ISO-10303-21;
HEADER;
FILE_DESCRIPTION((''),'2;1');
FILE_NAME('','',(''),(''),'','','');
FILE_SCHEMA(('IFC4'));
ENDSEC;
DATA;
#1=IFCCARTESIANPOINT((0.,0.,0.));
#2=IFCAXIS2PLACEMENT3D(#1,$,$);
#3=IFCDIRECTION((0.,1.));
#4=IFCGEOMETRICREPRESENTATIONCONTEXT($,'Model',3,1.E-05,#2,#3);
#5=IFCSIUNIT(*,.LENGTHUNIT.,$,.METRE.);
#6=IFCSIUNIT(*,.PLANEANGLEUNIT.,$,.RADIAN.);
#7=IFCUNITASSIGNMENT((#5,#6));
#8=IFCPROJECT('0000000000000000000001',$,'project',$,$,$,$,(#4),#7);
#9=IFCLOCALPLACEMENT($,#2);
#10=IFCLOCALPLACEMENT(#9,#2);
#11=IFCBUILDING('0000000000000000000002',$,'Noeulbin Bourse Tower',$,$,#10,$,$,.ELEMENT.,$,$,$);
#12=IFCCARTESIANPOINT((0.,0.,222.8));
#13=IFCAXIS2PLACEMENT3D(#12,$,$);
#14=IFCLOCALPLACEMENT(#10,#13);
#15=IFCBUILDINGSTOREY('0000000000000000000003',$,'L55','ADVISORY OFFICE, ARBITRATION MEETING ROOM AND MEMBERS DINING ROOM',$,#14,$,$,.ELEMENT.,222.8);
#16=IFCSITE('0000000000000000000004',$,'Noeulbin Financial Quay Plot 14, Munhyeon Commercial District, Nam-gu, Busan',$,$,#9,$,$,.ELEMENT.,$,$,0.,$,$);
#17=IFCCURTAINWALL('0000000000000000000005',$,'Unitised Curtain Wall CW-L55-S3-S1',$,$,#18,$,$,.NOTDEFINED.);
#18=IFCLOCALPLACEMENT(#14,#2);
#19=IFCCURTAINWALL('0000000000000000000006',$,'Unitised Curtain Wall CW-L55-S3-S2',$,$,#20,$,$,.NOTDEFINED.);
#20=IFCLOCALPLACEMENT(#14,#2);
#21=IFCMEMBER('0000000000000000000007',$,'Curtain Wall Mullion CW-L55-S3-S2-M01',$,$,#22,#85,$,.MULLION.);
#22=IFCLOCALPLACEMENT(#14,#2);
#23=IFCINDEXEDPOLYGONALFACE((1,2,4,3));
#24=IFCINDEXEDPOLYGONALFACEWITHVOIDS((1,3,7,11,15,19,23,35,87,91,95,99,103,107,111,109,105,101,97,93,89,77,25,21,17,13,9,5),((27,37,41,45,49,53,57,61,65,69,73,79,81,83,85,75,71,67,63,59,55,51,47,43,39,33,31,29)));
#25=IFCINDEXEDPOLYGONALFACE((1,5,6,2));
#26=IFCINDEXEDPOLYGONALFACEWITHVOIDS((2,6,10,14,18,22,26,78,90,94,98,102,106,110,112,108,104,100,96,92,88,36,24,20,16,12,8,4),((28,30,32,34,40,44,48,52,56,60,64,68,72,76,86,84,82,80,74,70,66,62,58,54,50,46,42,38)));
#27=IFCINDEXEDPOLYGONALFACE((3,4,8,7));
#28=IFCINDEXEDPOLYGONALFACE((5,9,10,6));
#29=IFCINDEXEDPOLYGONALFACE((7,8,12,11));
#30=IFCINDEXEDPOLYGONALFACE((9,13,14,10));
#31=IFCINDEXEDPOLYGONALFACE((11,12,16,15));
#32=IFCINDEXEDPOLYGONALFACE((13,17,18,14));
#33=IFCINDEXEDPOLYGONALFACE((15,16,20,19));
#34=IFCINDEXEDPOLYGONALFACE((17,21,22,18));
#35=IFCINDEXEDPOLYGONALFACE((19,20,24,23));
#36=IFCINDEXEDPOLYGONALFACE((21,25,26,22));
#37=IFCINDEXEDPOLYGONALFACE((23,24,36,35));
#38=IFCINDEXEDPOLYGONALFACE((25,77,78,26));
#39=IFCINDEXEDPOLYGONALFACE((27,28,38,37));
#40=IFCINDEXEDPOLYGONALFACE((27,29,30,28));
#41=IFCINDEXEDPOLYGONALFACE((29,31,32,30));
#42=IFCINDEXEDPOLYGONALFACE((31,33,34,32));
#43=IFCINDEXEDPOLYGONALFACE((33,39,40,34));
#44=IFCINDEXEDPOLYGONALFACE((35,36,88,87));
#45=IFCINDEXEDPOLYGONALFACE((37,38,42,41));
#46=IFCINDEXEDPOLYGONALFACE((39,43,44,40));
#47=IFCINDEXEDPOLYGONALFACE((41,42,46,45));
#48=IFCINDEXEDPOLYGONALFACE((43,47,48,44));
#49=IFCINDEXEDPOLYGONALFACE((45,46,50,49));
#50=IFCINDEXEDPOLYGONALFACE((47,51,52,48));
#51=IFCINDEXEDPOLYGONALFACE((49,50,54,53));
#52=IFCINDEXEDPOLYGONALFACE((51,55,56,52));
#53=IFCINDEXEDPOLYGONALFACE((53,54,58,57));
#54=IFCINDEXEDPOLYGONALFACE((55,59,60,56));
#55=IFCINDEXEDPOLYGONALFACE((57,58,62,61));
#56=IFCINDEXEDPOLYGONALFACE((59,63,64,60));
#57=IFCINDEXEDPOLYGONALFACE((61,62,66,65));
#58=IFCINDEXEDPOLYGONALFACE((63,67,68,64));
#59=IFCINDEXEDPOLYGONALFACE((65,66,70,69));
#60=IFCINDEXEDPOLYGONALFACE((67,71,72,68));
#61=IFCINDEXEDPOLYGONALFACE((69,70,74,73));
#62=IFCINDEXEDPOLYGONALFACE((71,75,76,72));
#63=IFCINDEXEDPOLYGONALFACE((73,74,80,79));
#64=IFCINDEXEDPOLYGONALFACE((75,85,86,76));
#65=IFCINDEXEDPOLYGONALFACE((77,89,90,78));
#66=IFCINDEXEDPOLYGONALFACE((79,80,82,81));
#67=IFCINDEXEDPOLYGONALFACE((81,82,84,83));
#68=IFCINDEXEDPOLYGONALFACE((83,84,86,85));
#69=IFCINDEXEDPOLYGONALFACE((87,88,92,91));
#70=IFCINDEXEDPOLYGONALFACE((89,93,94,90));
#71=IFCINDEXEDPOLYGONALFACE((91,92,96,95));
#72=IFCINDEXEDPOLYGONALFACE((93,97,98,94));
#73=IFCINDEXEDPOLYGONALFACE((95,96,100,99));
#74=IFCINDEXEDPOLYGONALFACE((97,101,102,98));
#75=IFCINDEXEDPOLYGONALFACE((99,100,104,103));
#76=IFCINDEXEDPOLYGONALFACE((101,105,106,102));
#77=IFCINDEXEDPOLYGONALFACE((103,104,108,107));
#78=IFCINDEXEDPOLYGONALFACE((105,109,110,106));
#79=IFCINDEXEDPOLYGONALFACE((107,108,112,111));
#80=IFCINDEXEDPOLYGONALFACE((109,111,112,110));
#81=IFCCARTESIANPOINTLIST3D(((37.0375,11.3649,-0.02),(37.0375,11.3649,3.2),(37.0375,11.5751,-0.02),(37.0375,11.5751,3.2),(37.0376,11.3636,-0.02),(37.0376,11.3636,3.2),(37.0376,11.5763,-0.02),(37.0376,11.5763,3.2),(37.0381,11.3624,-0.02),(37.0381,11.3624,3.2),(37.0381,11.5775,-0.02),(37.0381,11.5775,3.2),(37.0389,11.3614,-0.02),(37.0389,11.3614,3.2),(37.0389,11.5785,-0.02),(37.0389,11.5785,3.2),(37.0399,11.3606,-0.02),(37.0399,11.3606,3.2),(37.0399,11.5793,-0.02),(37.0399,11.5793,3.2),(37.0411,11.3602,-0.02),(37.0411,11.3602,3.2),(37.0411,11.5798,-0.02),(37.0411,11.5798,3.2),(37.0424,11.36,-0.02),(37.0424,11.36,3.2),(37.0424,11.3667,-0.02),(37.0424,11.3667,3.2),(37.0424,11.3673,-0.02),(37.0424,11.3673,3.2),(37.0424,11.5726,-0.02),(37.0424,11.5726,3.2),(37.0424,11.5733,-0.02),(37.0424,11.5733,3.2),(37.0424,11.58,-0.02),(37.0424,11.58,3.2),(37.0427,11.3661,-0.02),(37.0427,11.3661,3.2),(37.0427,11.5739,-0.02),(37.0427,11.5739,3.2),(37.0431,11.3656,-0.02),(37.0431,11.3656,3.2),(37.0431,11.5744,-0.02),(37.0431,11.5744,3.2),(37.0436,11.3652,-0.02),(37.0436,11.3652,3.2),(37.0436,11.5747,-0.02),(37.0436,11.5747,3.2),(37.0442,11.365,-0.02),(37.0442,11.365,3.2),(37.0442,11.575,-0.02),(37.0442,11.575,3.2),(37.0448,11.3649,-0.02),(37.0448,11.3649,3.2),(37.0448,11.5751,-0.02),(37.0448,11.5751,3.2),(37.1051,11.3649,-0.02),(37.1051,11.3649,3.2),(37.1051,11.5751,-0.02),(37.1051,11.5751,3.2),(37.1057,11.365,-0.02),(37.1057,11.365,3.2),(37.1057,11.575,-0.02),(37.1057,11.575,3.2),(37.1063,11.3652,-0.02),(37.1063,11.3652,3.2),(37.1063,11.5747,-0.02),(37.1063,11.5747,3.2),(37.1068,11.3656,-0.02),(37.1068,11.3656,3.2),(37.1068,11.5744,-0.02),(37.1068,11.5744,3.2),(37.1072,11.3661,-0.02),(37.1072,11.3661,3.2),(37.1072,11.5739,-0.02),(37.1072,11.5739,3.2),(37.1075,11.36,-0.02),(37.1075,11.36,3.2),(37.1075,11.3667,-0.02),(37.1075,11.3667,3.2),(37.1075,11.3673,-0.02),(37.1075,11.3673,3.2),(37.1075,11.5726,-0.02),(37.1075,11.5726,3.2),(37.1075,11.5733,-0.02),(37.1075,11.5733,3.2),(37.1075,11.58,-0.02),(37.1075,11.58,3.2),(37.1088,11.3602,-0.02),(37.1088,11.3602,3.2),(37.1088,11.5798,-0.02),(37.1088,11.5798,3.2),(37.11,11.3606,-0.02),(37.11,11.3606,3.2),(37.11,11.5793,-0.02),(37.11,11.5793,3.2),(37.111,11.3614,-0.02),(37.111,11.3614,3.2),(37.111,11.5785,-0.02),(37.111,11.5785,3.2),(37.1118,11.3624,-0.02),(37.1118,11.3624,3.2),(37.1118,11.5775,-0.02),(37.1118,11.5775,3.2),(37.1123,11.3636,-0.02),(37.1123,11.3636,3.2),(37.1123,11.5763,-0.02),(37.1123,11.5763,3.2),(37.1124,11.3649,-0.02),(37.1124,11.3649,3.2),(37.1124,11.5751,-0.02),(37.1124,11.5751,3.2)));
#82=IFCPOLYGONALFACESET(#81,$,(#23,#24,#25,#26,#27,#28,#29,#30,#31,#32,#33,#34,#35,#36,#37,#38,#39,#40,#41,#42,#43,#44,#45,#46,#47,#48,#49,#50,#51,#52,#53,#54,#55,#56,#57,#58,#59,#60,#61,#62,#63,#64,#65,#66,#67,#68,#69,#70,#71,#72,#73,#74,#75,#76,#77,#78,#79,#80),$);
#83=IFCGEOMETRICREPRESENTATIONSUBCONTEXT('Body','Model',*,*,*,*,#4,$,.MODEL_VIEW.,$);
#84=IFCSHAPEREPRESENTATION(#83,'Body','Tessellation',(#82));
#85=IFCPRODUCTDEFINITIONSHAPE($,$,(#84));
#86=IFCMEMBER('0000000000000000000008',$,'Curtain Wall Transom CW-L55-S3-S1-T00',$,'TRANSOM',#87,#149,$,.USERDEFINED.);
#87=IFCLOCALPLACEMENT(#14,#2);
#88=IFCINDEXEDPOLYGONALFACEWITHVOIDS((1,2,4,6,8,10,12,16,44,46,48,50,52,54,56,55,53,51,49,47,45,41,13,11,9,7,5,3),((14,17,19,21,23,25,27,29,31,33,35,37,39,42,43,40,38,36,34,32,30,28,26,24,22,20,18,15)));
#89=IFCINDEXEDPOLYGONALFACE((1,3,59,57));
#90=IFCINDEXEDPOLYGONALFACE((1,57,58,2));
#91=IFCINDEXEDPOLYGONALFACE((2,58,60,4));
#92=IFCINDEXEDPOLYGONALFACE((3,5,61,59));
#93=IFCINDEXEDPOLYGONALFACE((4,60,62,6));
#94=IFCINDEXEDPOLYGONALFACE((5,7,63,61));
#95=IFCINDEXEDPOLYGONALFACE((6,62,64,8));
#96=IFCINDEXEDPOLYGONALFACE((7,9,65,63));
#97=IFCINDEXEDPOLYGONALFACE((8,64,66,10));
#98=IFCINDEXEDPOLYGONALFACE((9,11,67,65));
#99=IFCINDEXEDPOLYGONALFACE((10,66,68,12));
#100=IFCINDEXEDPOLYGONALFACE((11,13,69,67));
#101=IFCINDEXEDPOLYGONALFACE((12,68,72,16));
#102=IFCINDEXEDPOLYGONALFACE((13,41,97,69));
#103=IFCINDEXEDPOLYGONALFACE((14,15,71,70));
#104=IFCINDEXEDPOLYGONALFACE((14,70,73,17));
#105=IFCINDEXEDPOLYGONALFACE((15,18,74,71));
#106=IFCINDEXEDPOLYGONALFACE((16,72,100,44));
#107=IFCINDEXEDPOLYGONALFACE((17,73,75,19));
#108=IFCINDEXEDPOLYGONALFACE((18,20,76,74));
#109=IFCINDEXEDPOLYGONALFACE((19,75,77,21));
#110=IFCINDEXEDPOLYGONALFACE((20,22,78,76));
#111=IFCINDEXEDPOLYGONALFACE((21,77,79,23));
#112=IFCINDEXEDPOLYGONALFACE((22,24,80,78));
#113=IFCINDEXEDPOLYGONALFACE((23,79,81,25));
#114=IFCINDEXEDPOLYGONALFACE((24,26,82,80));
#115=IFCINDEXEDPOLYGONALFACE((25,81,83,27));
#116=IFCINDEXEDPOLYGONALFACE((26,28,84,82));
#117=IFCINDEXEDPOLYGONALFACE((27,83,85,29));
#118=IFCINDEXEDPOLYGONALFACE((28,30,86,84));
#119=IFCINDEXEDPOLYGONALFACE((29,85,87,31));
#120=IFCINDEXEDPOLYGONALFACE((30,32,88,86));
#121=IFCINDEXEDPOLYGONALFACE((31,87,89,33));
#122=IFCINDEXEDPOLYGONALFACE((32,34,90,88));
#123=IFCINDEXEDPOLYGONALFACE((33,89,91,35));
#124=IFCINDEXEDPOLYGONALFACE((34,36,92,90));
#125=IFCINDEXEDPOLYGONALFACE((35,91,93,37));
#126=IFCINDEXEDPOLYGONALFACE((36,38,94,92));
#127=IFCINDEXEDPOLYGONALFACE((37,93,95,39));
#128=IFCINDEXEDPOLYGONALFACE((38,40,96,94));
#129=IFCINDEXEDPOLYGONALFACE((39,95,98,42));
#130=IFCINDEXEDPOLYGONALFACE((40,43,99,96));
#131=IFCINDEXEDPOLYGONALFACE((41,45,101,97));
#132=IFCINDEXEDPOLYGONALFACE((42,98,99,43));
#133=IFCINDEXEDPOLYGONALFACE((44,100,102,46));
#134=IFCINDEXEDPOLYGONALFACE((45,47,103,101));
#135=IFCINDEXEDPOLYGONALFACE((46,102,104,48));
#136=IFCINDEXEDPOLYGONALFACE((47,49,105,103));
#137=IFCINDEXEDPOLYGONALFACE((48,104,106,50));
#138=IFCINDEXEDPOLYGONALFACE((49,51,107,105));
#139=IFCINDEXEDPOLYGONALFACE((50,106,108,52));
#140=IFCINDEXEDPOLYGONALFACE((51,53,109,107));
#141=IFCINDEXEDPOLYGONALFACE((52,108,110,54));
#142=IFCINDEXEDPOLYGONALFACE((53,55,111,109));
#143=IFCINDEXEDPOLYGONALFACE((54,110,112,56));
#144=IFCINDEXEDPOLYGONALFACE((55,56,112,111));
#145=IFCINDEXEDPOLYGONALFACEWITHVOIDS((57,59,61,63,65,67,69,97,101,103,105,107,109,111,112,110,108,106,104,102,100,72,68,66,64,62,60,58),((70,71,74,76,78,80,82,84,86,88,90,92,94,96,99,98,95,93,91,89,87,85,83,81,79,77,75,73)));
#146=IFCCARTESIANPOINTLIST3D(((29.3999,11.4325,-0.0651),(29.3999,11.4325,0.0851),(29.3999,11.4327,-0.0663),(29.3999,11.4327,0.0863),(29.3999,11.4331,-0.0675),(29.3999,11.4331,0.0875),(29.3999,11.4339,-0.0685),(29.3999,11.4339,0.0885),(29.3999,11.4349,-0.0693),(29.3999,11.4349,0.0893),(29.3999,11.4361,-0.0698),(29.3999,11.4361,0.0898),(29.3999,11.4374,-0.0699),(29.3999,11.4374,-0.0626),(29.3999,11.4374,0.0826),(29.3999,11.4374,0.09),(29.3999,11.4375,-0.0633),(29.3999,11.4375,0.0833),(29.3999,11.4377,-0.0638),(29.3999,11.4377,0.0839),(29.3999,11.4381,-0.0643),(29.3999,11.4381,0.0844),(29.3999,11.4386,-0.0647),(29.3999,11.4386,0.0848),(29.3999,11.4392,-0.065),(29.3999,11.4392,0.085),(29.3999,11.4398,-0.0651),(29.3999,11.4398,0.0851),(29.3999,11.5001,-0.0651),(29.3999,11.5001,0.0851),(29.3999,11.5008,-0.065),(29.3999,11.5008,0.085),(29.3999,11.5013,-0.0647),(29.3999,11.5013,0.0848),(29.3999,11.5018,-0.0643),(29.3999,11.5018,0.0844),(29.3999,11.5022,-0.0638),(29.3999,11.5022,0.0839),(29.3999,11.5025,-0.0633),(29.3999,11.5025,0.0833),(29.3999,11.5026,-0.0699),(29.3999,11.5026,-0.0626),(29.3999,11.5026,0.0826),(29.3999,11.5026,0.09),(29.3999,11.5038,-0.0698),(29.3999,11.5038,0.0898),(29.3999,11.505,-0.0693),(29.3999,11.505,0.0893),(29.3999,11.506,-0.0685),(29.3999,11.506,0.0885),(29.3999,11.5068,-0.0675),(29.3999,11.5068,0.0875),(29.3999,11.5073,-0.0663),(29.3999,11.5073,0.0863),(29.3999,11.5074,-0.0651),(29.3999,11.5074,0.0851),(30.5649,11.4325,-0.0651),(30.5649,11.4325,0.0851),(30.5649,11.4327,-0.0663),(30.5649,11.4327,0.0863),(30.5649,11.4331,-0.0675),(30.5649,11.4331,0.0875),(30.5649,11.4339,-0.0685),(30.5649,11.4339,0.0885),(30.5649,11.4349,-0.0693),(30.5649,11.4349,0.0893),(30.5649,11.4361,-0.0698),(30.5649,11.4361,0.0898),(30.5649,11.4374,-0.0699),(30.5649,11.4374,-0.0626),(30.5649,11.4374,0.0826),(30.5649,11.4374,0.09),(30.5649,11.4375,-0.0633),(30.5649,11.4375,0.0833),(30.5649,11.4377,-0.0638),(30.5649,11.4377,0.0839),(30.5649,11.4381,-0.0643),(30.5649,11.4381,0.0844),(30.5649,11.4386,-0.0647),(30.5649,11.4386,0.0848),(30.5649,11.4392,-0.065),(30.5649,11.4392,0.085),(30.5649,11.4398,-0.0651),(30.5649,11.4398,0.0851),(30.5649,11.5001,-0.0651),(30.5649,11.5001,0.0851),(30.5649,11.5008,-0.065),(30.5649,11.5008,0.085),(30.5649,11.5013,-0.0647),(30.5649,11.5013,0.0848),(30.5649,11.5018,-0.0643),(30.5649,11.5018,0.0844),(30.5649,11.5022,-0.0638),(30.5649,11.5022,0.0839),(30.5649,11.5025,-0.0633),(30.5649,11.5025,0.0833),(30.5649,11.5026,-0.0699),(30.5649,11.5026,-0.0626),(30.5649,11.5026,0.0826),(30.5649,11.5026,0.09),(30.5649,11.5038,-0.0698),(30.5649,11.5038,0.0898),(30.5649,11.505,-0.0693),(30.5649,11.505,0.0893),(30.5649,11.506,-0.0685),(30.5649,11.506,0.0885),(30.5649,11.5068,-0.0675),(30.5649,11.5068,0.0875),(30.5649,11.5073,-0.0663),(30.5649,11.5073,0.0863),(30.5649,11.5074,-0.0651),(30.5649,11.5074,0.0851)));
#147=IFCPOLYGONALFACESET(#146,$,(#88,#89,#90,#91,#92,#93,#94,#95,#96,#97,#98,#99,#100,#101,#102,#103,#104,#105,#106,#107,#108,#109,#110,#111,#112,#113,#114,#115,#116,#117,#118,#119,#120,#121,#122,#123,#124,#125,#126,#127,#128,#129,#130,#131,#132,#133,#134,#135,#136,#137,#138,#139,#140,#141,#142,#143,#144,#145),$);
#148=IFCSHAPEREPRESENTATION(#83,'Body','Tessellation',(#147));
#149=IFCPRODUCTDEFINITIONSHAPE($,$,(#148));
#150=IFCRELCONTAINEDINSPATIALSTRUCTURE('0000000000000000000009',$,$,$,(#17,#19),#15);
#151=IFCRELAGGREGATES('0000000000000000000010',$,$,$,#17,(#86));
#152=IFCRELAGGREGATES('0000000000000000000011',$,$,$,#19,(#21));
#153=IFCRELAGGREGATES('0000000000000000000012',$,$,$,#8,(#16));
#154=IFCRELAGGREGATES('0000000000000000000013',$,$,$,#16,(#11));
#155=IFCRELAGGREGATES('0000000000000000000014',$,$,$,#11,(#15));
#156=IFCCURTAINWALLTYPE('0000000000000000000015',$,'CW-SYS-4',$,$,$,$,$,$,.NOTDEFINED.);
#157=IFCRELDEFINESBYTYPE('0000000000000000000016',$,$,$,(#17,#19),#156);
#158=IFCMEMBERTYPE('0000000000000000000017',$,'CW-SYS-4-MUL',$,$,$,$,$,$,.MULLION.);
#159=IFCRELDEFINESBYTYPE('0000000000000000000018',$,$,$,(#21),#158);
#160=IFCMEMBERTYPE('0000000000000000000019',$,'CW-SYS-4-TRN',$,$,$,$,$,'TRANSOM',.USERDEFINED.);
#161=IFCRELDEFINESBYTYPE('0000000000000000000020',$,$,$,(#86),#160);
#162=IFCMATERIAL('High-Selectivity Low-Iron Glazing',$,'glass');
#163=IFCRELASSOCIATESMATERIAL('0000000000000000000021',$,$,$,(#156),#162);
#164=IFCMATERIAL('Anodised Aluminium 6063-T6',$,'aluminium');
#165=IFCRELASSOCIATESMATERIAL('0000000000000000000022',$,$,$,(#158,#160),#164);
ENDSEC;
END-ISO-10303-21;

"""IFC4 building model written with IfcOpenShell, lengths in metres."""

from ifc_helpers import new_model, si_unit, direction, frame, origin, origin_2d, place, context, subcontext, project, spatial, hollow_rectangle, extrude, material, material_profile, profile_set, type_object, element, aggregate, save


model = new_model("IFC4")

# Units and contexts
model_context = context("Model", 3, precision=1e-05, world=origin(), true_north=direction((0.0, 1.0)))
body_context = subcontext(model_context, "Body", "Model", "MODEL_VIEW")
ifc_project = project(units=[si_unit("LENGTHUNIT", "METRE"), si_unit("PLANEANGLEUNIT", "RADIAN")], contexts=[model_context])

# Site, building, storey
site_placement = place(None, origin())
site = spatial("IfcSite", under=ifc_project, at=site_placement, Name="Noeulbin Financial Quay Plot 14, Munhyeon Commercial District, Nam-gu, Busan", CompositionType="ELEMENT", RefElevation=0.0)
building_placement = place(site_placement, origin())
building = spatial("IfcBuilding", under=site, at=building_placement, Name="Noeulbin Bourse Tower", CompositionType="ELEMENT")
storey_placement = place(building_placement, frame((0.0, 0.0, 222.8)))
storey = spatial("IfcBuildingStorey", under=building, at=storey_placement, Name="L55", Description="ADVISORY OFFICE, ARBITRATION MEETING ROOM AND MEMBERS DINING ROOM", CompositionType="ELEMENT", Elevation=222.8)

# Curtain wall
ifc_material_1 = material(Name="High-Selectivity Low-Iron Glazing", Category="glass")
curtain_wall_type = type_object("IfcCurtainWallType", Name="CW-SYS-4", PredefinedType="NOTDEFINED", material=ifc_material_1)
curtain_wall_1_placement = place(storey_placement, origin())
curtain_wall_1 = element("IfcCurtainWall", 1, at=curtain_wall_1_placement, inside=storey, type_object=curtain_wall_type, Name="Unitised Curtain Wall CW-L55-S3-S1", PredefinedType="NOTDEFINED")
ifc_material_2 = material(Name="Anodised Aluminium 6063-T6", Category="aluminium")
ifc_material_profile_1 = material_profile(ifc_material_2, hollow_rectangle(XDim=0.075, YDim=0.22, WallThickness=0.0049, InnerFilletRadius=0.0024, OuterFilletRadius=0.0049, at=origin_2d()), Name="ALU-MULL-75x220x5", Category="LoadBearing")
ifc_profile_set_1 = profile_set([ifc_material_profile_1], Name="Anodised Aluminium 6063-T6")
member_type_1 = type_object("IfcMemberType", Name="CW-SYS-4-MUL", PredefinedType="MULLION", material=ifc_profile_set_1)

# Curtain wall, member
curtain_wall_2_placement = place(storey_placement, origin())
curtain_wall_2 = element("IfcCurtainWall", 2, at=curtain_wall_2_placement, inside=storey, type_object=curtain_wall_type, Name="Unitised Curtain Wall CW-L55-S3-S2", PredefinedType="NOTDEFINED")
member_1_placement = place(storey_placement, frame((37.075, 11.47, -0.02), z_axis=(0.0, 0.0, 1.0), x_axis=(1.0, 0.0, 0.0)))
member_1 = element("IfcMember", 3, at=member_1_placement, type_object=member_type_1, Name="Curtain Wall Mullion CW-L55-S3-S2-M01", PredefinedType="MULLION", context=body_context, shape_type="SweptSolid", body=[
    extrude(hollow_rectangle(XDim=0.075, YDim=0.22, WallThickness=0.0049, InnerFilletRadius=0.0024, OuterFilletRadius=0.0049, at=origin_2d()), origin(), (0.0, 0.0, 1.0), 3.22),
])

# Member
ifc_material_profile_2 = material_profile(ifc_material_2, hollow_rectangle(XDim=0.075, YDim=0.1599, WallThickness=0.0049, InnerFilletRadius=0.0024, OuterFilletRadius=0.0049, at=origin_2d()), Name="ALU-TRAN-75x160x5", Category="LoadBearing")
ifc_profile_set_2 = profile_set([ifc_material_profile_2], Name="Anodised Aluminium 6063-T6")
member_type_2 = type_object("IfcMemberType", Name="CW-SYS-4-TRN", ElementType="TRANSOM", PredefinedType="USERDEFINED", material=ifc_profile_set_2)
member_2_placement = place(storey_placement, frame((29.3999, 11.47, 0.01), z_axis=(1.0, 0.0, 0.0), x_axis=(0.0, 1.0, 0.0)))
member_2 = element("IfcMember", 4, at=member_2_placement, type_object=member_type_2, Name="Curtain Wall Transom CW-L55-S3-S1-T00", ObjectType="TRANSOM", PredefinedType="USERDEFINED", context=body_context, shape_type="SweptSolid", body=[
    extrude(hollow_rectangle(XDim=0.075, YDim=0.1599, WallThickness=0.0049, InnerFilletRadius=0.0024, OuterFilletRadius=0.0049, at=origin_2d()), origin(), (0.0, 0.0, 1.0), 1.165),
])

aggregate(curtain_wall_1, [member_2])
aggregate(curtain_wall_2, [member_1])

save(model, "model.ifc")
